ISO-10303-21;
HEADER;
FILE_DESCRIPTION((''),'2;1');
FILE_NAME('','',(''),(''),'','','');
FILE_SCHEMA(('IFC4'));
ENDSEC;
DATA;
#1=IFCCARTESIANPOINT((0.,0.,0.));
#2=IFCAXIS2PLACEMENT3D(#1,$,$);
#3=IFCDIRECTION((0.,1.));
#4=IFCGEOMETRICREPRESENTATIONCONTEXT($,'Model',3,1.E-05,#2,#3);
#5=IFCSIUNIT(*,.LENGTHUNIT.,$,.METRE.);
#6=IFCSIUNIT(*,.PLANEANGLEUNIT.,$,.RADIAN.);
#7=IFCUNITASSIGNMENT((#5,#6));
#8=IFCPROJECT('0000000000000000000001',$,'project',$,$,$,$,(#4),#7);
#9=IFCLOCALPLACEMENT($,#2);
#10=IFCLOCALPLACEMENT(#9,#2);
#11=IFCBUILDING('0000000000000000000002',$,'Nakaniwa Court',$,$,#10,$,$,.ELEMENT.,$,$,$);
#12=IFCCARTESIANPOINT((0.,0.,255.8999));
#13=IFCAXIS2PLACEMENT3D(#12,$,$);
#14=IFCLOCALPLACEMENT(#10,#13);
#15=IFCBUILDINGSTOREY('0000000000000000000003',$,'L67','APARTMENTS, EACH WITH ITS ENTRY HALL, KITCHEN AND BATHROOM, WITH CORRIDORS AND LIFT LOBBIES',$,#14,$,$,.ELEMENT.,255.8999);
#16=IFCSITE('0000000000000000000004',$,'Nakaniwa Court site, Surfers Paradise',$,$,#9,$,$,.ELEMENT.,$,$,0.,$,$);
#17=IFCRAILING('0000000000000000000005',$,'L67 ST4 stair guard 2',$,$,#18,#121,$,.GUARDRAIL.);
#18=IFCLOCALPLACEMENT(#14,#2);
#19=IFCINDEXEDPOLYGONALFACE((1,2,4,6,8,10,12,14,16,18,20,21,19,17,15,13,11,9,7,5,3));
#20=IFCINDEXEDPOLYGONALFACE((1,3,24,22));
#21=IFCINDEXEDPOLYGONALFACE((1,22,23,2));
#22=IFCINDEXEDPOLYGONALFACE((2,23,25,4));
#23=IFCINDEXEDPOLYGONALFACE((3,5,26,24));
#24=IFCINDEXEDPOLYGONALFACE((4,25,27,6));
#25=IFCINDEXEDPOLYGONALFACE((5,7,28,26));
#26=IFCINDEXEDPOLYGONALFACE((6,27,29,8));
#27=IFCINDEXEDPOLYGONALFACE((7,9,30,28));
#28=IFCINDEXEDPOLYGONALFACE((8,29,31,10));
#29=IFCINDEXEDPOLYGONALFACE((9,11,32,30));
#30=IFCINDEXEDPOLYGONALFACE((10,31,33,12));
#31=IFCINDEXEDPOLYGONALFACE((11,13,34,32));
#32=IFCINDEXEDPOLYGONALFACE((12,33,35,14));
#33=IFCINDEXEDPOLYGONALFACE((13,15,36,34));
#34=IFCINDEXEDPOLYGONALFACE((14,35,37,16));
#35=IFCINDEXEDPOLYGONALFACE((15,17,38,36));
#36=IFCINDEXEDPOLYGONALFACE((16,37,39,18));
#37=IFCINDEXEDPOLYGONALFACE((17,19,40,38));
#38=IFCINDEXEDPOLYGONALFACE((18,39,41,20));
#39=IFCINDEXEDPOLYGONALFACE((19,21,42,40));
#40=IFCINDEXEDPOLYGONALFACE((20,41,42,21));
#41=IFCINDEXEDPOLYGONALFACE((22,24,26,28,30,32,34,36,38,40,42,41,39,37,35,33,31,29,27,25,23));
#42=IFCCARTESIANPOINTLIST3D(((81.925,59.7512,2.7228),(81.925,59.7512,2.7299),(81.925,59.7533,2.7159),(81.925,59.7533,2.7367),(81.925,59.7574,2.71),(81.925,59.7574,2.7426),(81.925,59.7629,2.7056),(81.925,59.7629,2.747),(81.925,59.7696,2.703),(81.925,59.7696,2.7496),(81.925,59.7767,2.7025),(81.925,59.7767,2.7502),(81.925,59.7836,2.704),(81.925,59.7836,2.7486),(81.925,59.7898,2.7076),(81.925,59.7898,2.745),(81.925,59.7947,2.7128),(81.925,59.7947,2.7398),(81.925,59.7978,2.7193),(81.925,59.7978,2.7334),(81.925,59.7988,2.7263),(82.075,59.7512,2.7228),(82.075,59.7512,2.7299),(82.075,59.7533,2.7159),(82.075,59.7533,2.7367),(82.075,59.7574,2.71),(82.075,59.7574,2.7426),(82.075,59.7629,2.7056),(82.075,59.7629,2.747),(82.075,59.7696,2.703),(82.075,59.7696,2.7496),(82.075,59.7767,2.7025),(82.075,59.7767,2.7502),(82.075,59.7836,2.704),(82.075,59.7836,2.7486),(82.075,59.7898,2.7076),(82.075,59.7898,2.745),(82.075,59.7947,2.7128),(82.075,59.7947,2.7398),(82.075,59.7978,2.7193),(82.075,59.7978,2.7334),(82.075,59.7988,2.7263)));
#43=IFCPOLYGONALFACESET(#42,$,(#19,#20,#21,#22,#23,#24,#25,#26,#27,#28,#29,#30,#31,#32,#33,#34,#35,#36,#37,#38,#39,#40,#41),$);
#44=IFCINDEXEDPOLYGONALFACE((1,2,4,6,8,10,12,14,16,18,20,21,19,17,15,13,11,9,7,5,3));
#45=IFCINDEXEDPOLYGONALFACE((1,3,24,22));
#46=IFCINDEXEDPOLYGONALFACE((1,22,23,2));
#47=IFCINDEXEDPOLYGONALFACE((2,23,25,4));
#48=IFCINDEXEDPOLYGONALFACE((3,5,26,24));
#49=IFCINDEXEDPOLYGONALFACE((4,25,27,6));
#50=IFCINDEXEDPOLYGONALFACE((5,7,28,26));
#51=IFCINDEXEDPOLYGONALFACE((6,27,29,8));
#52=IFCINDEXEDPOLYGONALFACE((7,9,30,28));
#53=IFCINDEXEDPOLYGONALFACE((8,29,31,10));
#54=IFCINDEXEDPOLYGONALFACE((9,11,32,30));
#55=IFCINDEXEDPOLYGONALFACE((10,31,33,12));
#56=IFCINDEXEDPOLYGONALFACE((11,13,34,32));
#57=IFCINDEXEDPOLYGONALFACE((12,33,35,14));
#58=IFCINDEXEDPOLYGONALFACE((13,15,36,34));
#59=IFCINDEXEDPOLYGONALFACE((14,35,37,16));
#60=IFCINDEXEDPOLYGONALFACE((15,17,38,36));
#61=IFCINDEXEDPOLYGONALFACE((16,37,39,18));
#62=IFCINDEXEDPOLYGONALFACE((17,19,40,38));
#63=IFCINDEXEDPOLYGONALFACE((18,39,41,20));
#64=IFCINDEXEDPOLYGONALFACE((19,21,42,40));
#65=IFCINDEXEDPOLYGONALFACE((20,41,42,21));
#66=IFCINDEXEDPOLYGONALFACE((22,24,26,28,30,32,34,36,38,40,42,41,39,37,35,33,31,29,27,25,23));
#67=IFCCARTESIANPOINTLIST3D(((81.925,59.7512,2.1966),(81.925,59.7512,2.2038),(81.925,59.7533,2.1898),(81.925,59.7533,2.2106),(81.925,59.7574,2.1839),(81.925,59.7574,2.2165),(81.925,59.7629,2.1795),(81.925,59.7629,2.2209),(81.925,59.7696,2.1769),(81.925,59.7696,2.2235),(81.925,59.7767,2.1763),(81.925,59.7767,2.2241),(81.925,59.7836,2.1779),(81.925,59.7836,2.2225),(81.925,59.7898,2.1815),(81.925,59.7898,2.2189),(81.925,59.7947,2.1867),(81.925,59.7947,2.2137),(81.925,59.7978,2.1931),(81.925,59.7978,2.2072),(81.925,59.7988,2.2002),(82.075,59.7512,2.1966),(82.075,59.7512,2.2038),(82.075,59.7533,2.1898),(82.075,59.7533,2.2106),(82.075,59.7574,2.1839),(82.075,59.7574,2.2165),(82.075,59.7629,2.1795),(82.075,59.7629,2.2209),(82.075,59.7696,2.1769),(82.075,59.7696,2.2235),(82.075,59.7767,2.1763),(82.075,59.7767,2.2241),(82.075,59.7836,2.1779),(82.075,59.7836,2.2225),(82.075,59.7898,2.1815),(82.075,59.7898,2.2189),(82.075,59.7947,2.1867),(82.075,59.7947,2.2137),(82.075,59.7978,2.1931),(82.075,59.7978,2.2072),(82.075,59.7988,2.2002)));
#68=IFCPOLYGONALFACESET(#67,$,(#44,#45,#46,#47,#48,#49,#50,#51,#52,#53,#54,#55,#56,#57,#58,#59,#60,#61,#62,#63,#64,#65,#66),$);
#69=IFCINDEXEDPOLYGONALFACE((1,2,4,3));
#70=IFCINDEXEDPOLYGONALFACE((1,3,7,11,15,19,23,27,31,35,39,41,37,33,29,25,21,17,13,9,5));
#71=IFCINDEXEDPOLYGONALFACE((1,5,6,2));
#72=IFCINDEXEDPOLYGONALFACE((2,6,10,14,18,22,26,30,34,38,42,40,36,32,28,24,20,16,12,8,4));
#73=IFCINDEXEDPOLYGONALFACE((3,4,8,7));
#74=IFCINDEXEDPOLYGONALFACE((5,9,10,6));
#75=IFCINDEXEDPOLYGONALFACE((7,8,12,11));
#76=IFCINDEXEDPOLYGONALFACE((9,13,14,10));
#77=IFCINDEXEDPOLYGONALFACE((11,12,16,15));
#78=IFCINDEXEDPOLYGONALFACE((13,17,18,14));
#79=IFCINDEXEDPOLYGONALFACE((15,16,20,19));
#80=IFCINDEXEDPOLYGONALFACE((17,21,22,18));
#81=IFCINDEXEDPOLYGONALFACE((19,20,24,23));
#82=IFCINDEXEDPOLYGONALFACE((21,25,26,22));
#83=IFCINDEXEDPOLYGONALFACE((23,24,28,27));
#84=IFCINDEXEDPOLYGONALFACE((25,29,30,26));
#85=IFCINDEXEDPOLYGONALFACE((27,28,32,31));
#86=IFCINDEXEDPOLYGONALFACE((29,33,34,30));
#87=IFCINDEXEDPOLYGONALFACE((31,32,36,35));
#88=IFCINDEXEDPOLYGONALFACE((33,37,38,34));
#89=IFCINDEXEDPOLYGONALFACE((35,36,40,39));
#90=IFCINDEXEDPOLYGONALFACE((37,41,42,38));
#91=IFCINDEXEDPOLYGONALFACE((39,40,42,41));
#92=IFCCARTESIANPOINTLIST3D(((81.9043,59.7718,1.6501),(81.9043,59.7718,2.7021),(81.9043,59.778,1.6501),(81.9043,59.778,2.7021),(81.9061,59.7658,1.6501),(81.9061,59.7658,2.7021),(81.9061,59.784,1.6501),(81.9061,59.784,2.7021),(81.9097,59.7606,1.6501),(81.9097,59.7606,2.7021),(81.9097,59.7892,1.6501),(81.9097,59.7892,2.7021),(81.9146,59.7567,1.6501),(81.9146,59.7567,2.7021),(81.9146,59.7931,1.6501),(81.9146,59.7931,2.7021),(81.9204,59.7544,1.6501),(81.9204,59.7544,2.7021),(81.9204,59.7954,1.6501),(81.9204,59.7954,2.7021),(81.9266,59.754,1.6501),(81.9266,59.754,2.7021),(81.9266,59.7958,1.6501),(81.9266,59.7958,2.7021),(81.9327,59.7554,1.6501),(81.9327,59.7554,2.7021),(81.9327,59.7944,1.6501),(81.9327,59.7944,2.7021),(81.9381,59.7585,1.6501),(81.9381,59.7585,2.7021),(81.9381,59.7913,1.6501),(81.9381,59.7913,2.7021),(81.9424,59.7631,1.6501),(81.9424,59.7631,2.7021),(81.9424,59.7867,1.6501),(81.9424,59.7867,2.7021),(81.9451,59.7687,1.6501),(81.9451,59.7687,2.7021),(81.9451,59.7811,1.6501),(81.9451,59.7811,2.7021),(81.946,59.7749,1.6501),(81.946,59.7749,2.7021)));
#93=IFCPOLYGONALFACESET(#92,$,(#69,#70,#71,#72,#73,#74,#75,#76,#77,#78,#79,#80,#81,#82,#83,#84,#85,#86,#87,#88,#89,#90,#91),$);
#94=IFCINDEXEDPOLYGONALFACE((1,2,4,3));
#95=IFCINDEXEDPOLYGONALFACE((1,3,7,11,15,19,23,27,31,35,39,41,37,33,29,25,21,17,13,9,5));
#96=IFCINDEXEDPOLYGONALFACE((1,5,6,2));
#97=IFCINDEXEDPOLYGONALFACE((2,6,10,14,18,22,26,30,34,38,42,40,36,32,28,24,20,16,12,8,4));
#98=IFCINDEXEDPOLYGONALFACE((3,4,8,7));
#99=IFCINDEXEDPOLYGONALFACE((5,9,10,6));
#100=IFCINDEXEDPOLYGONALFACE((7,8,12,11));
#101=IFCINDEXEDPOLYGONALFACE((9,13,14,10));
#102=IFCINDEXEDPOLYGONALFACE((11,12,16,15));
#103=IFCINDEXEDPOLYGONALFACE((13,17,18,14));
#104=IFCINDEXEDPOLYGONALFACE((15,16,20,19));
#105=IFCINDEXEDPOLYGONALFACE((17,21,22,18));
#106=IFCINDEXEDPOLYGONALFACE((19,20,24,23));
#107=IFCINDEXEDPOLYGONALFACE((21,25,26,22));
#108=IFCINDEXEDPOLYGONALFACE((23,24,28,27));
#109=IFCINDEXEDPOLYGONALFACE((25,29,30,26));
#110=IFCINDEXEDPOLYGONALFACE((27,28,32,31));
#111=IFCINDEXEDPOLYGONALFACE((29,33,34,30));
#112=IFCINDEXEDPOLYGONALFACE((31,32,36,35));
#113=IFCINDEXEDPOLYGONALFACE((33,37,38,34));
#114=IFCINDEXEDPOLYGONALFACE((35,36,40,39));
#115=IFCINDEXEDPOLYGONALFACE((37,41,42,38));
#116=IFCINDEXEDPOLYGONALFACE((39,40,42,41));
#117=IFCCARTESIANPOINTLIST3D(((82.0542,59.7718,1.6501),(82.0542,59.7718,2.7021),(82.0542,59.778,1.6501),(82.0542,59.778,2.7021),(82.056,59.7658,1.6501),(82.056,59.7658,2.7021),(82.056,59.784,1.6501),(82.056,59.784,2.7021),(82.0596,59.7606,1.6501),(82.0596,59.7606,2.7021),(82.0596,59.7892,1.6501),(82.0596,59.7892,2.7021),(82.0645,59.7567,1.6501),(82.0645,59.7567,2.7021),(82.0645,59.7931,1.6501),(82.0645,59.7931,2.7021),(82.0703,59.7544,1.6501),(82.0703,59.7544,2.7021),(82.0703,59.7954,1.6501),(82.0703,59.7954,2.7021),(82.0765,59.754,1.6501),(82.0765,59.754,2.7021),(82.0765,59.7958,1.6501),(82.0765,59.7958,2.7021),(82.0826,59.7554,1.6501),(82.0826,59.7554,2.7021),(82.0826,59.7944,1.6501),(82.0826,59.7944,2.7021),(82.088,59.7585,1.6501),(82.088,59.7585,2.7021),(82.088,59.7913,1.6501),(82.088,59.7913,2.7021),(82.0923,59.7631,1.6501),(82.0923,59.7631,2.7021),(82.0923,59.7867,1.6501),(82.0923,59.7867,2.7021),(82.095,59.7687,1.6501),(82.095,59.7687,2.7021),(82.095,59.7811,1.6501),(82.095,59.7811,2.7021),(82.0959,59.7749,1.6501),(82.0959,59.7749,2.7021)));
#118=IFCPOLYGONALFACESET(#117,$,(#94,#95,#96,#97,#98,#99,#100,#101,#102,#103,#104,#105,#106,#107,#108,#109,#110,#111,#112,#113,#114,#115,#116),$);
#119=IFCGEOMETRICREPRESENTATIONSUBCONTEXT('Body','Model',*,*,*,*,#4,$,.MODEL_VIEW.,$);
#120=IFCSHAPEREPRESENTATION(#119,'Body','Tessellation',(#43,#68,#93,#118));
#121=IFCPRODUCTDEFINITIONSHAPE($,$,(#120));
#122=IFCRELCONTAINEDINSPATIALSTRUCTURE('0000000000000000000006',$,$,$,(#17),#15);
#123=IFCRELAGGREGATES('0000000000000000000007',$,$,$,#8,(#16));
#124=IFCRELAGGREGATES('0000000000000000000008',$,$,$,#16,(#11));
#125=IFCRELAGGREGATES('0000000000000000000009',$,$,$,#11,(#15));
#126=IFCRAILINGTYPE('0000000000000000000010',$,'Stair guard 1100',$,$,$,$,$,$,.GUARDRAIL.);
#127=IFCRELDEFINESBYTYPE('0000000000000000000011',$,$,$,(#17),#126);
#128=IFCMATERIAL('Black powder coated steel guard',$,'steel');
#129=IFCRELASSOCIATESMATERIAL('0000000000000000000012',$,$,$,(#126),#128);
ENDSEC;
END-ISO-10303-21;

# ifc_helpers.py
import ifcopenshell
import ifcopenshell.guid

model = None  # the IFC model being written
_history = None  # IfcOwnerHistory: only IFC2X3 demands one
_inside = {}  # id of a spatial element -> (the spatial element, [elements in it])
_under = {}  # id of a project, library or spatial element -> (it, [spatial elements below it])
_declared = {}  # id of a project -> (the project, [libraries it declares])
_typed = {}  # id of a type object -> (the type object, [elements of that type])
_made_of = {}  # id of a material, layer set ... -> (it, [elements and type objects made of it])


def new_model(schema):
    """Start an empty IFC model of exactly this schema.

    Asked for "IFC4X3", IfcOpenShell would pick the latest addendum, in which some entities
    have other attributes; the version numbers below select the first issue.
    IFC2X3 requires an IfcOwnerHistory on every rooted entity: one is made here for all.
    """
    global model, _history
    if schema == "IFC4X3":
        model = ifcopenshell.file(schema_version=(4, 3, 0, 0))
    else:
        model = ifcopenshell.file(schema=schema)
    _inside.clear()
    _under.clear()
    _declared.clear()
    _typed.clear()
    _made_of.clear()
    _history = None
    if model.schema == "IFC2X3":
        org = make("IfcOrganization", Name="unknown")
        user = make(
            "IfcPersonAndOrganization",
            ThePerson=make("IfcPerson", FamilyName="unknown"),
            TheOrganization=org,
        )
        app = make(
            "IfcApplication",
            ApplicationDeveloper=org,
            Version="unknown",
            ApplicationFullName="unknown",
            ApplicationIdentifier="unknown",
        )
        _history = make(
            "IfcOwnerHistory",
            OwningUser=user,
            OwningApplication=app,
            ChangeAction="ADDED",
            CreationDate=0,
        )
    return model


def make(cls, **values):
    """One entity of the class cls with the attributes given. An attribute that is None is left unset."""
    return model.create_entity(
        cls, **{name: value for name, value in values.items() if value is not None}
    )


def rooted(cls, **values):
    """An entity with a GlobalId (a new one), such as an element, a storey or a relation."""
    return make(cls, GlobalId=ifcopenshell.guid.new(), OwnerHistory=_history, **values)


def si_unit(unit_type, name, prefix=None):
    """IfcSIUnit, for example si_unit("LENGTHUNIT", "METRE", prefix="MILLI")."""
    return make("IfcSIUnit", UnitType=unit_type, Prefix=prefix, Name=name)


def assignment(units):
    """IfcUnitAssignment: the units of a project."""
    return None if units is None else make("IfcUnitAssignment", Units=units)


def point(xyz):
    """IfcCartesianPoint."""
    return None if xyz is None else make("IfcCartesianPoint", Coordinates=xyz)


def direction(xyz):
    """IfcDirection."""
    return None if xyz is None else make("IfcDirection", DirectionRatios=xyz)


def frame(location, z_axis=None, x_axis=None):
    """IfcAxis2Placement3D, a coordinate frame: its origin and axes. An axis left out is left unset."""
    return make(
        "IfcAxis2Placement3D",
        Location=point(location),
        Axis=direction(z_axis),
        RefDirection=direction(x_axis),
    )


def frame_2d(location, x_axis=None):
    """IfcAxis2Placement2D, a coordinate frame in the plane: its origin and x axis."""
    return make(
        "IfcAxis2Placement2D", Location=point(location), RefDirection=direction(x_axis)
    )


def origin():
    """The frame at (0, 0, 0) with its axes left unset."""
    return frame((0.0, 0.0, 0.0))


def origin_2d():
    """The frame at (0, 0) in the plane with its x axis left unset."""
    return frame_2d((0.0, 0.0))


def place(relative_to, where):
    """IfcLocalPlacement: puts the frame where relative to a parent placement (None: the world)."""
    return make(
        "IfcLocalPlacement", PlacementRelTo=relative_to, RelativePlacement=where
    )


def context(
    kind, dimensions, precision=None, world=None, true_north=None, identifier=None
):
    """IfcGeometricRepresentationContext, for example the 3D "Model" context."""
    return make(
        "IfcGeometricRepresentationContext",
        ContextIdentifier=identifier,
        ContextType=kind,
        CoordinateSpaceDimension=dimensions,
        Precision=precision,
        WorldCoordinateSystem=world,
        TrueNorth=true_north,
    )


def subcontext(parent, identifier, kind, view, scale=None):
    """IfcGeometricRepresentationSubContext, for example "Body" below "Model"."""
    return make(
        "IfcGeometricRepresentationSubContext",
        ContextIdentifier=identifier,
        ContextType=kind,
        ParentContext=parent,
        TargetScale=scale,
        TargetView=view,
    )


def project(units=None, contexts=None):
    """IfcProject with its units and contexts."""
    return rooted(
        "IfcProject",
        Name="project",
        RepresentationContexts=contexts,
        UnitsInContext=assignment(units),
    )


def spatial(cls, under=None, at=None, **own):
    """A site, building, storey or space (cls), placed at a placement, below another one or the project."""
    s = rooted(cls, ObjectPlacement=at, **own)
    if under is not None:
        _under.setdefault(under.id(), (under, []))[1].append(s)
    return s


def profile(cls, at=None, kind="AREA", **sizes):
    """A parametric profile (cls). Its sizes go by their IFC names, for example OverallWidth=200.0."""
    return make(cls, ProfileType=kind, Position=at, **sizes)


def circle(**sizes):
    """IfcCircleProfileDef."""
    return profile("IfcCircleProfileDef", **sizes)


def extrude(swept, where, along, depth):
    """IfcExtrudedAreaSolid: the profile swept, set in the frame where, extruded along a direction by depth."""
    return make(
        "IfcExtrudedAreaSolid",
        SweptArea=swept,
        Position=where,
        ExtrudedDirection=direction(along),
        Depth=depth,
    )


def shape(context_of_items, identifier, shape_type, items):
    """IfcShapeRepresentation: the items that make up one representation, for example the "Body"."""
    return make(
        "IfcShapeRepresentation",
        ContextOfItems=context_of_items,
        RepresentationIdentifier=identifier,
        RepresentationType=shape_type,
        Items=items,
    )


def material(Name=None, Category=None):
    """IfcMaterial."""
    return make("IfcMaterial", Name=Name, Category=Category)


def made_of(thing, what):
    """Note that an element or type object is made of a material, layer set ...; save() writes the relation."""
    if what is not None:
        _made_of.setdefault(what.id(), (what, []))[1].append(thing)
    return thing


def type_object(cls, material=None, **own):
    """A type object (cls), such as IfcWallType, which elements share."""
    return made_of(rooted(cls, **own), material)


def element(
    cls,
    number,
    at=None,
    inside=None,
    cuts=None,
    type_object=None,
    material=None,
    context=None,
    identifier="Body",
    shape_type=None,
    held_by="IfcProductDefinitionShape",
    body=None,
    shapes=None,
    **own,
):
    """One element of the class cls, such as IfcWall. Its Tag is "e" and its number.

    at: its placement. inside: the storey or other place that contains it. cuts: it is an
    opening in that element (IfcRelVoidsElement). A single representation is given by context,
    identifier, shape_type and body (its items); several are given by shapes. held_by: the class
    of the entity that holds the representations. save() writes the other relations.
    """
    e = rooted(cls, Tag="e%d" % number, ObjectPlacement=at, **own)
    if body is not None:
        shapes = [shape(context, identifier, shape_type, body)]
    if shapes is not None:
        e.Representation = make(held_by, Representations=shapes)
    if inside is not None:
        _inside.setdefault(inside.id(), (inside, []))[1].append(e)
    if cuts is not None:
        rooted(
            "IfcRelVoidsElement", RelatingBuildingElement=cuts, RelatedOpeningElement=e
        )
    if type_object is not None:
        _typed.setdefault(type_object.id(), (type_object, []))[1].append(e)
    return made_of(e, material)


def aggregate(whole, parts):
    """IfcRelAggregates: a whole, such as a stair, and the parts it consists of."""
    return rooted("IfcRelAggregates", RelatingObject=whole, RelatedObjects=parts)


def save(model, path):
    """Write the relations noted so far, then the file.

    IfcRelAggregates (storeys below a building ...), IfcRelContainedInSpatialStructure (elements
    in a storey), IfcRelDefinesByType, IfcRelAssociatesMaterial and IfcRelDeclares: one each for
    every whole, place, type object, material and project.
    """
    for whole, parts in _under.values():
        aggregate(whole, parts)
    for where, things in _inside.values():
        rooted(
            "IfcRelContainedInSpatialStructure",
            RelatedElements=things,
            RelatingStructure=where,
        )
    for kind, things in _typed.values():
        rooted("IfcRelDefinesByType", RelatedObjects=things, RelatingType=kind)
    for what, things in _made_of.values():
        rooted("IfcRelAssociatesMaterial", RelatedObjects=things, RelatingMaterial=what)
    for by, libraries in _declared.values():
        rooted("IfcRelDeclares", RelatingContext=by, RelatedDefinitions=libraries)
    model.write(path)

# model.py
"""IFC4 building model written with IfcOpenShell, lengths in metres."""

from ifc_helpers import new_model, si_unit, direction, frame, origin, origin_2d, place, context, subcontext, project, spatial, circle, extrude, material, type_object, element, save


model = new_model("IFC4")

# Units and contexts
model_context = context("Model", 3, precision=1e-05, world=origin(), true_north=direction((0.0, 1.0)))
body_context = subcontext(model_context, "Body", "Model", "MODEL_VIEW")
ifc_project = project(units=[si_unit("LENGTHUNIT", "METRE"), si_unit("PLANEANGLEUNIT", "RADIAN")], contexts=[model_context])

# Site, building, storey
site_placement = place(None, origin())
site = spatial("IfcSite", under=ifc_project, at=site_placement, Name="Nakaniwa Court site, Surfers Paradise", CompositionType="ELEMENT", RefElevation=0.0)
building_placement = place(site_placement, origin())
building = spatial("IfcBuilding", under=site, at=building_placement, Name="Nakaniwa Court", CompositionType="ELEMENT")
storey_placement = place(building_placement, frame((0.0, 0.0, 255.8999)))
storey = spatial("IfcBuildingStorey", under=building, at=storey_placement, Name="L67", Description="APARTMENTS, EACH WITH ITS ENTRY HALL, KITCHEN AND BATHROOM, WITH CORRIDORS AND LIFT LOBBIES", CompositionType="ELEMENT", Elevation=255.8999)

# Railing
ifc_material_1 = material(Name="Black powder coated steel guard", Category="steel")
railing_type_1 = type_object("IfcRailingType", Name="Stair guard 1100", PredefinedType="GUARDRAIL", material=ifc_material_1)
railing_1_placement = place(storey_placement, frame((81.925, 59.7749, 1.6501)))
element("IfcRailing", 1, at=railing_1_placement, inside=storey, type_object=railing_type_1, Name="L67 ST4 stair guard 2", PredefinedType="GUARDRAIL", context=body_context, shape_type="SweptSolid", body=[
    extrude(circle(Radius=0.0239, at=origin_2d()), frame((0.0, 0.0, 1.0762), z_axis=(1.0, 0.0, 0.0), x_axis=(0.0, 1.0, 0.0)), (0.0, 0.0, 1.0), 0.1499),
    extrude(circle(Radius=0.0239, at=origin_2d()), frame((0.0, 0.0, 0.55), z_axis=(1.0, 0.0, 0.0), x_axis=(0.0, 1.0, 0.0)), (0.0, 0.0, 1.0), 0.1499),
    extrude(circle(Radius=0.021, at=origin_2d()), origin(), (0.0, 0.0, 1.0), 1.052),
    extrude(circle(Radius=0.021, at=origin_2d()), frame((0.1499, 0.0, 0.0)), (0.0, 0.0, 1.0), 1.052),
])

save(model, "model.ifc")
